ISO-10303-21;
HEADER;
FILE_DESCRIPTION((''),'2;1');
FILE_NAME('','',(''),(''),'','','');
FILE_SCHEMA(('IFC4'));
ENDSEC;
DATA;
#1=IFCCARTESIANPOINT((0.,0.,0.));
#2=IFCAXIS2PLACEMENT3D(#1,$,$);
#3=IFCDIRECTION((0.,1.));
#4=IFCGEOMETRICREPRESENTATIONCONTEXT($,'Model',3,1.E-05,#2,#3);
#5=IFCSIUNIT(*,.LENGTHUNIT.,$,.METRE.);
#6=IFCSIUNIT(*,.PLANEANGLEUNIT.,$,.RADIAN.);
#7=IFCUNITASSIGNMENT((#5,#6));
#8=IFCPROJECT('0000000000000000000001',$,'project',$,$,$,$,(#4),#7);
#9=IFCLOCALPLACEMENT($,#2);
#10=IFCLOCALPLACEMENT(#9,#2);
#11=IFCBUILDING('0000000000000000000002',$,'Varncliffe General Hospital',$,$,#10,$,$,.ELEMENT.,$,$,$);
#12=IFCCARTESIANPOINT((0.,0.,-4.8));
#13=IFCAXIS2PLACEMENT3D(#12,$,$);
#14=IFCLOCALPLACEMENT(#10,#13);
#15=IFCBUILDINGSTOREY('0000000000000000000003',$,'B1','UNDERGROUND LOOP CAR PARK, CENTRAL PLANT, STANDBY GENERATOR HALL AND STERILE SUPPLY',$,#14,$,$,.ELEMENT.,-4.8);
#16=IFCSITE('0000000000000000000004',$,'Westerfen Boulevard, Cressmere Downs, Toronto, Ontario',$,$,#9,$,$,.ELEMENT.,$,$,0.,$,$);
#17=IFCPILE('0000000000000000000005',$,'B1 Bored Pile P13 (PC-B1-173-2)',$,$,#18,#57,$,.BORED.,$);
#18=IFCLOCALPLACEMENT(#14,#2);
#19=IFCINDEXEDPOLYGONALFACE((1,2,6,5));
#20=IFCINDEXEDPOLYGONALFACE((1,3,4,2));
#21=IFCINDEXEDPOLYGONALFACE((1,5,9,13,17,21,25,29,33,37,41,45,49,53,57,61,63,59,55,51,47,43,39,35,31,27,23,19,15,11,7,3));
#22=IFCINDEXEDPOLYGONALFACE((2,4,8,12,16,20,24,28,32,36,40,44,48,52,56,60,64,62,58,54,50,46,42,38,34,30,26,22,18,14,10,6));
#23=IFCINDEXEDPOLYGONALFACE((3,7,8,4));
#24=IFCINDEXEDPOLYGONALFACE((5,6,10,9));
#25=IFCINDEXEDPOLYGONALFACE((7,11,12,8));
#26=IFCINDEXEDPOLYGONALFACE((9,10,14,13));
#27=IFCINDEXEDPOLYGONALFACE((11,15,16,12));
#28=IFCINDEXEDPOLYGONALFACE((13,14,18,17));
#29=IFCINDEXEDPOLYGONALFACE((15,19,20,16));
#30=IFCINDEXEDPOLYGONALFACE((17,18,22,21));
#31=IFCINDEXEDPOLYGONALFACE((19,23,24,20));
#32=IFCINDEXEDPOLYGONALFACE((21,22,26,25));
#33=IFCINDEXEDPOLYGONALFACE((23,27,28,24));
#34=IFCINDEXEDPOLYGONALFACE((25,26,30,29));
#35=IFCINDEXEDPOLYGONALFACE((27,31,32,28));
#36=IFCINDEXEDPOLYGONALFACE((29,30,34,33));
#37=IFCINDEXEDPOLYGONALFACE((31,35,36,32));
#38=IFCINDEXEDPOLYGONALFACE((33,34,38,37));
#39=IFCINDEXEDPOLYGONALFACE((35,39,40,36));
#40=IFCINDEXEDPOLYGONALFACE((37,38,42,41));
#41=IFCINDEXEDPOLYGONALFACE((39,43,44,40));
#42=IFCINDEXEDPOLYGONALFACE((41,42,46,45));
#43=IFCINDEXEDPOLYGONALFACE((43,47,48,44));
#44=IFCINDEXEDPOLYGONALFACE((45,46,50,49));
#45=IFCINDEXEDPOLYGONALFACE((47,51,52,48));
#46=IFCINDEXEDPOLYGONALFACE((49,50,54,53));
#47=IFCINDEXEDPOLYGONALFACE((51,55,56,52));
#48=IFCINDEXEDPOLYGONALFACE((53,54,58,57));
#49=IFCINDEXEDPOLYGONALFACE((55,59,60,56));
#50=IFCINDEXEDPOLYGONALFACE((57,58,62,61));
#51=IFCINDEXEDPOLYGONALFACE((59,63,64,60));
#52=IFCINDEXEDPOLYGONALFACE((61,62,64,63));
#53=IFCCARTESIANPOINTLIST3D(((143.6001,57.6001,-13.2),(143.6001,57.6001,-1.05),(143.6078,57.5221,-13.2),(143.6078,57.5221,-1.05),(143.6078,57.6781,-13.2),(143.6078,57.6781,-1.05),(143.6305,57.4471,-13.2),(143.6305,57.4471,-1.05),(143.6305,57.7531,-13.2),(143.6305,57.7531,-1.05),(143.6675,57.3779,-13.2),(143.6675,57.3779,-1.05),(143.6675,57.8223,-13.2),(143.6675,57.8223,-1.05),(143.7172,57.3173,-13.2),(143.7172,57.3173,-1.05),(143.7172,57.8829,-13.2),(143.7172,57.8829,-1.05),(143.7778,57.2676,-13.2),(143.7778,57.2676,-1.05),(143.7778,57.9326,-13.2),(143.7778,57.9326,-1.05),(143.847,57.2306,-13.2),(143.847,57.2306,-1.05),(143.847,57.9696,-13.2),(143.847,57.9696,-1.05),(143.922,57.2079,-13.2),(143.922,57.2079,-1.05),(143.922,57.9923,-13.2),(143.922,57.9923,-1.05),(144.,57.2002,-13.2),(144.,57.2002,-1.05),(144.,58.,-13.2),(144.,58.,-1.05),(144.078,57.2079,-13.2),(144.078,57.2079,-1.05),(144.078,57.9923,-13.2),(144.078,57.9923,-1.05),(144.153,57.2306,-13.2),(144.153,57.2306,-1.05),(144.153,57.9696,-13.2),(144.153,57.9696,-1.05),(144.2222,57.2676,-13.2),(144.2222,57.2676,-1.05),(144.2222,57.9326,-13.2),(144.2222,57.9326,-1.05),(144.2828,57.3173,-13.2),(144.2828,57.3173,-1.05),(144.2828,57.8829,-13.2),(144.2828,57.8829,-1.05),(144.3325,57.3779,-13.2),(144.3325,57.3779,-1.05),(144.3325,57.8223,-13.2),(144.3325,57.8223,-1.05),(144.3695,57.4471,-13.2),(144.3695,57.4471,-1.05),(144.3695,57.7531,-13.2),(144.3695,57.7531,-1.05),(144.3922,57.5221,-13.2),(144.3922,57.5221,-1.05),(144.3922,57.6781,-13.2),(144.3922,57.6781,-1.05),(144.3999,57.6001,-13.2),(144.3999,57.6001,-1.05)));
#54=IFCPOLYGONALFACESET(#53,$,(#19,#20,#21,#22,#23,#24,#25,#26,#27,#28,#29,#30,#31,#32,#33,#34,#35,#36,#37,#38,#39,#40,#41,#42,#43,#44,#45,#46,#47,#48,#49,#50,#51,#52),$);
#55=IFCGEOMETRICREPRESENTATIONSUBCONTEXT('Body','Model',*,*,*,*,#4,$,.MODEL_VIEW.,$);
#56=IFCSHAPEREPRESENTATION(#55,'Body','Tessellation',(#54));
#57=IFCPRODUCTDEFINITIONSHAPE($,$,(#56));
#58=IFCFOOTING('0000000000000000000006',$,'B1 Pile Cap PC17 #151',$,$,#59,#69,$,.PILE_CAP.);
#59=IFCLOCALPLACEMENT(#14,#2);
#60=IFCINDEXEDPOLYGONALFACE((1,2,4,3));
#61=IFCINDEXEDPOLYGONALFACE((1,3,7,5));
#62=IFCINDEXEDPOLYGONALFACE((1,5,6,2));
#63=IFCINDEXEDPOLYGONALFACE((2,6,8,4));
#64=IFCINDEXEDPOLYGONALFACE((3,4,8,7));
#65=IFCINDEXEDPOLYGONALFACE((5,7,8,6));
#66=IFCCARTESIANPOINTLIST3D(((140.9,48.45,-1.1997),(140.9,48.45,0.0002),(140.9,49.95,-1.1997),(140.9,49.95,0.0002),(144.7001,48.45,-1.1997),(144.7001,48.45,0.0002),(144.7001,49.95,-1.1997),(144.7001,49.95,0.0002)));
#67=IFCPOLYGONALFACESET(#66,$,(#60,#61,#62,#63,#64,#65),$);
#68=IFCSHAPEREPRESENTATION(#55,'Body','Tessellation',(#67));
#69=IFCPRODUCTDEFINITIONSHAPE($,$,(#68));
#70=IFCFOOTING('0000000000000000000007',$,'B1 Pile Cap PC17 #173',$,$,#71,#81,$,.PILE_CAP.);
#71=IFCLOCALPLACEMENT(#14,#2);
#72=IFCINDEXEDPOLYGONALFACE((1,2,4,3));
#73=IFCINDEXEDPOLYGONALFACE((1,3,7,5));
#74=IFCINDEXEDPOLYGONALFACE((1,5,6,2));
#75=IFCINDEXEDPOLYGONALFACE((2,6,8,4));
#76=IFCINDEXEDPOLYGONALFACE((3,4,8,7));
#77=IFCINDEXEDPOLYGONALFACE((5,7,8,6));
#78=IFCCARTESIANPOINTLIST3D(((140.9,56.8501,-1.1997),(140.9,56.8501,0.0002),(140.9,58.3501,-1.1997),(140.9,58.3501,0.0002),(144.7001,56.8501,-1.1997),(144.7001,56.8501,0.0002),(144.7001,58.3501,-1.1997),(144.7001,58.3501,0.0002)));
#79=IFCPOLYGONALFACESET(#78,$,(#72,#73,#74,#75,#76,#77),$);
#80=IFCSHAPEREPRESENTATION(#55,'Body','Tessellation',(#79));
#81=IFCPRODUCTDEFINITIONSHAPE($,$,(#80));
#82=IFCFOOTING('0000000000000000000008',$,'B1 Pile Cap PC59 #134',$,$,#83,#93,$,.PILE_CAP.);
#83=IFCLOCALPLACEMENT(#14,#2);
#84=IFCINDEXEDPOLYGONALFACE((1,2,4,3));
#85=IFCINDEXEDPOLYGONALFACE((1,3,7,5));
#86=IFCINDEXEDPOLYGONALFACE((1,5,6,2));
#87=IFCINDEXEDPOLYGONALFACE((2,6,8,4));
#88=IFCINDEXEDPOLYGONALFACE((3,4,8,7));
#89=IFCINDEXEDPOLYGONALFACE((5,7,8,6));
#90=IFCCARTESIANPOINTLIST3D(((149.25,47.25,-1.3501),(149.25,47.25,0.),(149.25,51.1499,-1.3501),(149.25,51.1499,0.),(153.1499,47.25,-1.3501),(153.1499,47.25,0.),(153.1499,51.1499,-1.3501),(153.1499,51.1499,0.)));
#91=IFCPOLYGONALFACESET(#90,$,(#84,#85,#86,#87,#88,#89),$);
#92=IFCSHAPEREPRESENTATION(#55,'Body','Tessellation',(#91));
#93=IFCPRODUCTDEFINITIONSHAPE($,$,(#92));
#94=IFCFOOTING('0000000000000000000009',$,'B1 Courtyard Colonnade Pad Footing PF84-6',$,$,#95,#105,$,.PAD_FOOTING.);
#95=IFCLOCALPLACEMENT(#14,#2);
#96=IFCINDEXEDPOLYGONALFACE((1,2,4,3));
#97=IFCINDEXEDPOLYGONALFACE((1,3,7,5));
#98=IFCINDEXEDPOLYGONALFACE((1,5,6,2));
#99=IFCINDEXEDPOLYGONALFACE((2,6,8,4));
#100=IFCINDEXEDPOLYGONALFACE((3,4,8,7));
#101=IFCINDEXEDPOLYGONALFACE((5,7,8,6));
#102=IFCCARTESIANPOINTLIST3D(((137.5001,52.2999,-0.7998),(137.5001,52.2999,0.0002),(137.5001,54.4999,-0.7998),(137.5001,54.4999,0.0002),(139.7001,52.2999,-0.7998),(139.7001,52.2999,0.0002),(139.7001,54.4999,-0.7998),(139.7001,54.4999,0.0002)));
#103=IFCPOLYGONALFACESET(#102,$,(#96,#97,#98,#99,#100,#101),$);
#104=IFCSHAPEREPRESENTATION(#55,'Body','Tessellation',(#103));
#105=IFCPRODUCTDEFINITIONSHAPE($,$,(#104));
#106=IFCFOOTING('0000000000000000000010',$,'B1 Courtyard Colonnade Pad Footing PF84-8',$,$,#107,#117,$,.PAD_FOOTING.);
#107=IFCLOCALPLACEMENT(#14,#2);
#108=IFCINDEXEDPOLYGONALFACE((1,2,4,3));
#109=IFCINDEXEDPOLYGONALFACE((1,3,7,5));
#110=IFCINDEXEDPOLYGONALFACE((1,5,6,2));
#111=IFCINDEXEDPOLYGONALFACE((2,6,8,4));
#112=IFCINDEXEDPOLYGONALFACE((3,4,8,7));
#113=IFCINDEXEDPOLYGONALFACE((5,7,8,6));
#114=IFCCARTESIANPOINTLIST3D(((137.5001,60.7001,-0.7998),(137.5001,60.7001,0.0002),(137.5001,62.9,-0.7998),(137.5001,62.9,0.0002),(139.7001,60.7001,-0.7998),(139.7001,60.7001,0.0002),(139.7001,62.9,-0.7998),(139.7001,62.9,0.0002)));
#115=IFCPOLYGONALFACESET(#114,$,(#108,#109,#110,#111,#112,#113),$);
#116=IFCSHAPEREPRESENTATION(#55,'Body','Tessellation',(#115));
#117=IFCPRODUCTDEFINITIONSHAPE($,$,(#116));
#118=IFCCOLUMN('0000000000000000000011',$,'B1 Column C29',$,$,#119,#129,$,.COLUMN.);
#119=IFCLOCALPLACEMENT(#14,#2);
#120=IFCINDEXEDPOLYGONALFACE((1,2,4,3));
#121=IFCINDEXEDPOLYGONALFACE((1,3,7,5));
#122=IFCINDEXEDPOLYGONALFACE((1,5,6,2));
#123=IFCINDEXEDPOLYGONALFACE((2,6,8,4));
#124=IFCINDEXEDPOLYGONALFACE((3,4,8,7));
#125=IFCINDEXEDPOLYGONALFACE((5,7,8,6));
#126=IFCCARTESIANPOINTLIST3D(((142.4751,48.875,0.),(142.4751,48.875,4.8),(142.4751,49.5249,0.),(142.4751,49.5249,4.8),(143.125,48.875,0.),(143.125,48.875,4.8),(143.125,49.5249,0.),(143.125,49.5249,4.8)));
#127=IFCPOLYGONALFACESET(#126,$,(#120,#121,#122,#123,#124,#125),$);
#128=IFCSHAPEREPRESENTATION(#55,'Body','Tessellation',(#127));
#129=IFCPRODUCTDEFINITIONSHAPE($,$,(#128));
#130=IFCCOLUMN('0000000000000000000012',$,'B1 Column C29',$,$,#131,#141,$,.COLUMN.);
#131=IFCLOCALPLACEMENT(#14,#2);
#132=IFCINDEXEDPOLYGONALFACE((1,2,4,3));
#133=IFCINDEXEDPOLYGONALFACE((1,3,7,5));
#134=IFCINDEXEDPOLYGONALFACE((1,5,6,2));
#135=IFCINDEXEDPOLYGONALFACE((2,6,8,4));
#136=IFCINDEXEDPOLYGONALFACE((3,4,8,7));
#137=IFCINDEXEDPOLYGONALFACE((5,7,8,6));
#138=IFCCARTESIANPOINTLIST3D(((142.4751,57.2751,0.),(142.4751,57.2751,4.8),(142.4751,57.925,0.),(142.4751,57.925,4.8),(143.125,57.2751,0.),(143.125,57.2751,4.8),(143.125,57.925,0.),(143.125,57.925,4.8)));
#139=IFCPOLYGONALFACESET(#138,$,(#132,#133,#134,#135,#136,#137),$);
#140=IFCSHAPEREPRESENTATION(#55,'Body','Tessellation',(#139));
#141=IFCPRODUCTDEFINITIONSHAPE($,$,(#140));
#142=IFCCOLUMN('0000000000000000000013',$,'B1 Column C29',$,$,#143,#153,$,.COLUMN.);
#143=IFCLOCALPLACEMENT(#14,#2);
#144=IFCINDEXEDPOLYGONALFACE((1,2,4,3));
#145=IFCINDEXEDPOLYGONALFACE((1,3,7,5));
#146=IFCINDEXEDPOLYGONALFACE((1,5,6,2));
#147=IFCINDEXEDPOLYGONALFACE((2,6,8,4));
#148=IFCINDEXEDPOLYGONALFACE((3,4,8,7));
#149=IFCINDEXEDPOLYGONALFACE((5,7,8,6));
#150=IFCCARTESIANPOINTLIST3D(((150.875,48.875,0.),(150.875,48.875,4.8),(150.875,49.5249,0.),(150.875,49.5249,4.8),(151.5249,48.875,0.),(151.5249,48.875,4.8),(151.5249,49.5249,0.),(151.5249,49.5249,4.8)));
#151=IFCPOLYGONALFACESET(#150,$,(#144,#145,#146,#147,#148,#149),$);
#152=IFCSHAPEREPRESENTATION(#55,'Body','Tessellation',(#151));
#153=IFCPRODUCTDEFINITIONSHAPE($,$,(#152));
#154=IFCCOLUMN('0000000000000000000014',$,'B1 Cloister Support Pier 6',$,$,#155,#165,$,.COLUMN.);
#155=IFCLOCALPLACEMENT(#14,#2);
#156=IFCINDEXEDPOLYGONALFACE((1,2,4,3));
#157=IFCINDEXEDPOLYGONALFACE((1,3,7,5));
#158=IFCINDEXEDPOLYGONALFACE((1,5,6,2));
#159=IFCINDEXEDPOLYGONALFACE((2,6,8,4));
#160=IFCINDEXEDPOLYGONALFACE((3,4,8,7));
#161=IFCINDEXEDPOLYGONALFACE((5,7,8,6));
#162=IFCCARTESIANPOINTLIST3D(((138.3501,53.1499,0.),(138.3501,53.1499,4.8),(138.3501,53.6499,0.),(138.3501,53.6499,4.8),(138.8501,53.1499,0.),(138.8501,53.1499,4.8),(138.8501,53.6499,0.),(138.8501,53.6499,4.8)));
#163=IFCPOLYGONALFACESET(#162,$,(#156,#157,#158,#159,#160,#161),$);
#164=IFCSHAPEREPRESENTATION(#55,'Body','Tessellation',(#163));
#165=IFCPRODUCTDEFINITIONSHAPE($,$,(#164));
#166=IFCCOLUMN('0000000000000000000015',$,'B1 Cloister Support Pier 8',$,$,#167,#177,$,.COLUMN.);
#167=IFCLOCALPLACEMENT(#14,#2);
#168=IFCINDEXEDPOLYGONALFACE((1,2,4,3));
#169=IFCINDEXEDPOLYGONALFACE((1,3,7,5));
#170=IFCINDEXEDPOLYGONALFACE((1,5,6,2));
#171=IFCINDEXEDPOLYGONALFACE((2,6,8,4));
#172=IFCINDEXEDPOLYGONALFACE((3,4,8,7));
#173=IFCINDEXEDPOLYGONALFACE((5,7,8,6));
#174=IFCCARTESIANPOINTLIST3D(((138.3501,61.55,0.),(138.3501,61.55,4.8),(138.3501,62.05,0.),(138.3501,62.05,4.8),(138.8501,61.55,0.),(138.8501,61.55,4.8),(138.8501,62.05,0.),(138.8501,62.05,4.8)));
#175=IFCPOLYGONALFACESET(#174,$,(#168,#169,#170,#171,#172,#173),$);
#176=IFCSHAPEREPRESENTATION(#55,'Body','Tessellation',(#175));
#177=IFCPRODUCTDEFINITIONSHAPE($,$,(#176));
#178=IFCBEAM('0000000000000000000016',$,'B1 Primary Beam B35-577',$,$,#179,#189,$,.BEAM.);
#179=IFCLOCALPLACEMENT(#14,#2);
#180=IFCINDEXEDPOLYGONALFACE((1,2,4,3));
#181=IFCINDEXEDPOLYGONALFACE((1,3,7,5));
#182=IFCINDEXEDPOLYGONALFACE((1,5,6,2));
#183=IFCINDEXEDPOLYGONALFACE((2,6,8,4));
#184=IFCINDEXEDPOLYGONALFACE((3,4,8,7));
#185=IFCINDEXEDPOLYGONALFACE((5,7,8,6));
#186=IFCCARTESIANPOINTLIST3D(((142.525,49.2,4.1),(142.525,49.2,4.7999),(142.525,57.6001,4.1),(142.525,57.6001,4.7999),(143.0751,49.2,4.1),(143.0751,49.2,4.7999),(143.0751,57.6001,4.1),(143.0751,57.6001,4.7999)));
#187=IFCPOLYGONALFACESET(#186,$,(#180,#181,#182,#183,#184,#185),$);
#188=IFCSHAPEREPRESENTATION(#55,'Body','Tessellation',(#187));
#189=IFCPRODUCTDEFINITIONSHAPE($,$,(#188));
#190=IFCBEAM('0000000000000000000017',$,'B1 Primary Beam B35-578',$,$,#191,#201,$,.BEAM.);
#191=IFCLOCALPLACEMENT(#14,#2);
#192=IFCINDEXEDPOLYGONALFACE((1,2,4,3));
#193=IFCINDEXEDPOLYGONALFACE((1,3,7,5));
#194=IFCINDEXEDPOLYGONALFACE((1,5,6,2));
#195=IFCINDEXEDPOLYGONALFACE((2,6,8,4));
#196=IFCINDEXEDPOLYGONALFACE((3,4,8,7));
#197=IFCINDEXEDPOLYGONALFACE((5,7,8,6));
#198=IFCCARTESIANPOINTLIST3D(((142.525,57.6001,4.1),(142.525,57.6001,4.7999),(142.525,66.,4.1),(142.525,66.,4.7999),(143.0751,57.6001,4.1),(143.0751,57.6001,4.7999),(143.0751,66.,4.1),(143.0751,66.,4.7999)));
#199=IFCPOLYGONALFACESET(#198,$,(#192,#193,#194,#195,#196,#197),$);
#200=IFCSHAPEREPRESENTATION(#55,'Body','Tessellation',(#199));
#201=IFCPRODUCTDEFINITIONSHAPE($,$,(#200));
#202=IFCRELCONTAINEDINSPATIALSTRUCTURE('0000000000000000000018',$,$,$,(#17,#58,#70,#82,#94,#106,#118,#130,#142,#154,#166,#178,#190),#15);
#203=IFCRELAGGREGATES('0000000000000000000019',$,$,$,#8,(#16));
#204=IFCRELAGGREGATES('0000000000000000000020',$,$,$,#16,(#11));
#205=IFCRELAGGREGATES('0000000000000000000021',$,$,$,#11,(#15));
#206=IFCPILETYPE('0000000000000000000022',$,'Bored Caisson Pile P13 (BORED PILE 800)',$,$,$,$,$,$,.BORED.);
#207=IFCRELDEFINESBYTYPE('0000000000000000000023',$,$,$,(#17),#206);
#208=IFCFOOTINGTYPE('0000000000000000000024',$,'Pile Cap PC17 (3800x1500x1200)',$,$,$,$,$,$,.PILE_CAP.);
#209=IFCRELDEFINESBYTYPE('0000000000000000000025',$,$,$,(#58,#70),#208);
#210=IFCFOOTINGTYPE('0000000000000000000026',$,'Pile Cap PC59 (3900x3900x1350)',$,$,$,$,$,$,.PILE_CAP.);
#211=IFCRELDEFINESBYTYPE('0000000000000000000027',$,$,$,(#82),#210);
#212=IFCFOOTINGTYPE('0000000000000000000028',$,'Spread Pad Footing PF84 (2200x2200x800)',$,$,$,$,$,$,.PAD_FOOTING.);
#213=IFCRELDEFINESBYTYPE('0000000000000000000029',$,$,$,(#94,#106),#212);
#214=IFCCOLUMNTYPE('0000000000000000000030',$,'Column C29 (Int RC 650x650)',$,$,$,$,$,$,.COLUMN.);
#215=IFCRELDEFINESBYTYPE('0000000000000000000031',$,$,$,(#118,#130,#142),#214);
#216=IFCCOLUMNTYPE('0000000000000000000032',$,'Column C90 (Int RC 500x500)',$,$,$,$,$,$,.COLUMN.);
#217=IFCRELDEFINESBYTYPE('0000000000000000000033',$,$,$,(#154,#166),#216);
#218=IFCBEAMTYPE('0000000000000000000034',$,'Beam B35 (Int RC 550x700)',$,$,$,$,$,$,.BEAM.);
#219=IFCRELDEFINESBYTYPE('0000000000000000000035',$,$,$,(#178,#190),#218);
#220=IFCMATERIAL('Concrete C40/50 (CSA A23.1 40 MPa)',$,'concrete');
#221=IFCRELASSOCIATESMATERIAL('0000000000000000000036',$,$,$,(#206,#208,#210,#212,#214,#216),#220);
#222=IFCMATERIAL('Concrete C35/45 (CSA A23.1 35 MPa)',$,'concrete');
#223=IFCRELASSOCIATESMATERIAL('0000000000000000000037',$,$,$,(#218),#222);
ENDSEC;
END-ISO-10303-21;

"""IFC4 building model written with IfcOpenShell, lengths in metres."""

from ifc_helpers import new_model, si_unit, direction, frame, origin, origin_2d, place, context, subcontext, project, spatial, rectangle, circle, extrude, material, material_profile, profile_set, type_object, element, save


model = new_model("IFC4")

# Units and contexts
model_context = context("Model", 3, precision=1e-05, world=origin(), true_north=direction((0.0, 1.0)))
body_context = subcontext(model_context, "Body", "Model", "MODEL_VIEW")
ifc_project = project(units=[si_unit("LENGTHUNIT", "METRE"), si_unit("PLANEANGLEUNIT", "RADIAN")], contexts=[model_context])

# Site, building, storey
site_placement = place(None, origin())
site = spatial("IfcSite", under=ifc_project, at=site_placement, Name="Westerfen Boulevard, Cressmere Downs, Toronto, Ontario", CompositionType="ELEMENT", RefElevation=0.0)
building_placement = place(site_placement, origin())
building = spatial("IfcBuilding", under=site, at=building_placement, Name="Varncliffe General Hospital", CompositionType="ELEMENT")
storey_placement = place(building_placement, frame((0.0, 0.0, -4.8)))
storey = spatial("IfcBuildingStorey", under=building, at=storey_placement, Name="B1", Description="UNDERGROUND LOOP CAR PARK, CENTRAL PLANT, STANDBY GENERATOR HALL AND STERILE SUPPLY", CompositionType="ELEMENT", Elevation=-4.8)

# Pile
ifc_material_1 = material(Name="Concrete C40/50 (CSA A23.1 40 MPa)", Category="concrete")
ifc_material_profile_1 = material_profile(ifc_material_1, circle(Radius=0.3999, at=origin_2d()), Name="BORED PILE 800")
ifc_profile_set_1 = profile_set([ifc_material_profile_1], Name="Concrete C40/50 (CSA A23.1 40 MPa)")
pile_type = type_object("IfcPileType", Name="Bored Caisson Pile P13 (BORED PILE 800)", PredefinedType="BORED", material=ifc_profile_set_1)
for number, where, z_axis, x_axis, name in (
    (1, (144.0, 57.6001, -1.05), (0.0, 0.0, -1.0), (1.0, 0.0, 0.0), "B1 Bored Pile P13 (PC-B1-173-2)"),
):
    element("IfcPile", number, at=place(storey_placement, frame(where, z_axis=z_axis, x_axis=x_axis)), inside=storey, type_object=pile_type, Name=name, PredefinedType="BORED", context=body_context, shape_type="SweptSolid", body=[
        extrude(circle(Radius=0.3999, at=origin_2d()), origin(), (0.0, 0.0, 1.0), 12.1499),
    ])

# Footings
footing_type_1 = type_object("IfcFootingType", Name="Pile Cap PC17 (3800x1500x1200)", PredefinedType="PILE_CAP", material=ifc_material_1)
for number, where, z_axis, x_axis, name in (
    (2, (142.8, 49.2, -1.1997), (0.0, 0.0, 1.0), (1.0, 0.0, 0.0), "B1 Pile Cap PC17 #151"),
    (3, (142.8, 57.6001, -1.1997), (0.0, 0.0, 1.0), (1.0, 0.0, 0.0), "B1 Pile Cap PC17 #173"),
):
    element("IfcFooting", number, at=place(storey_placement, frame(where, z_axis=z_axis, x_axis=x_axis)), inside=storey, type_object=footing_type_1, Name=name, PredefinedType="PILE_CAP", context=body_context, shape_type="SweptSolid", body=[
        extrude(rectangle(XDim=3.8, YDim=1.5, at=origin_2d()), origin(), (0.0, 0.0, 1.0), 1.2),
    ])
footing_type_2 = type_object("IfcFootingType", Name="Pile Cap PC59 (3900x3900x1350)", PredefinedType="PILE_CAP", material=ifc_material_1)
footing_placement = place(storey_placement, frame((151.2, 49.2, -1.3501), z_axis=(0.0, 0.0, 1.0), x_axis=(1.0, 0.0, 0.0)))
element("IfcFooting", 4, at=footing_placement, inside=storey, type_object=footing_type_2, Name="B1 Pile Cap PC59 #134", PredefinedType="PILE_CAP", context=body_context, shape_type="SweptSolid", body=[
    extrude(rectangle(XDim=3.8999, YDim=3.8999, at=origin_2d()), origin(), (0.0, 0.0, 1.0), 1.3501),
])
footing_type_3 = type_object("IfcFootingType", Name="Spread Pad Footing PF84 (2200x2200x800)", PredefinedType="PAD_FOOTING", material=ifc_material_1)
for number, where, z_axis, x_axis, name in (
    (5, (138.6001, 53.3999, -0.7998), (0.0, 0.0, 1.0), (1.0, 0.0, 0.0), "B1 Courtyard Colonnade Pad Footing PF84-6"),
    (6, (138.6001, 61.8, -0.7998), (0.0, 0.0, 1.0), (1.0, 0.0, 0.0), "B1 Courtyard Colonnade Pad Footing PF84-8"),
):
    element("IfcFooting", number, at=place(storey_placement, frame(where, z_axis=z_axis, x_axis=x_axis)), inside=storey, type_object=footing_type_3, Name=name, PredefinedType="PAD_FOOTING", context=body_context, shape_type="SweptSolid", body=[
        extrude(rectangle(XDim=2.2, YDim=2.2, at=origin_2d()), origin(), (0.0, 0.0, 1.0), 0.8),
    ])

# Columns
ifc_material_profile_2 = material_profile(ifc_material_1, rectangle(XDim=0.6499, YDim=0.6499, at=origin_2d()), Name="RC 650x650")
ifc_profile_set_2 = profile_set([ifc_material_profile_2], Name="Concrete C40/50 (CSA A23.1 40 MPa)")
column_type_1 = type_object("IfcColumnType", Name="Column C29 (Int RC 650x650)", PredefinedType="COLUMN", material=ifc_profile_set_2)
for number, where, z_axis, x_axis, name in (
    (7, (142.8, 49.2, 0.0), (0.0, 0.0, 1.0), (1.0, 0.0, 0.0), "B1 Column C29"),
    (8, (142.8, 57.6001, 0.0), (0.0, 0.0, 1.0), (1.0, 0.0, 0.0), "B1 Column C29"),
    (9, (151.2, 49.2, 0.0), (0.0, 0.0, 1.0), (1.0, 0.0, 0.0), "B1 Column C29"),
):
    element("IfcColumn", number, at=place(storey_placement, frame(where, z_axis=z_axis, x_axis=x_axis)), inside=storey, type_object=column_type_1, Name=name, PredefinedType="COLUMN", context=body_context, shape_type="SweptSolid", body=[
        extrude(rectangle(XDim=0.6499, YDim=0.6499, at=origin_2d()), origin(), (0.0, 0.0, 1.0), 4.8),
    ])
ifc_material_profile_3 = material_profile(ifc_material_1, rectangle(XDim=0.5, YDim=0.5, at=origin_2d()), Name="RC 500x500")
ifc_profile_set_3 = profile_set([ifc_material_profile_3], Name="Concrete C40/50 (CSA A23.1 40 MPa)")
column_type_2 = type_object("IfcColumnType", Name="Column C90 (Int RC 500x500)", PredefinedType="COLUMN", material=ifc_profile_set_3)
for number, where, z_axis, x_axis, name in (
    (10, (138.6001, 53.3999, 0.0), (0.0, 0.0, 1.0), (1.0, 0.0, 0.0), "B1 Cloister Support Pier 6"),
    (11, (138.6001, 61.8, 0.0), (0.0, 0.0, 1.0), (1.0, 0.0, 0.0), "B1 Cloister Support Pier 8"),
):
    element("IfcColumn", number, at=place(storey_placement, frame(where, z_axis=z_axis, x_axis=x_axis)), inside=storey, type_object=column_type_2, Name=name, PredefinedType="COLUMN", context=body_context, shape_type="SweptSolid", body=[
        extrude(rectangle(XDim=0.5, YDim=0.5, at=origin_2d()), origin(), (0.0, 0.0, 1.0), 4.8),
    ])

# Beams
ifc_material_2 = material(Name="Concrete C35/45 (CSA A23.1 35 MPa)", Category="concrete")
ifc_material_profile_4 = material_profile(ifc_material_2, rectangle(XDim=0.55, YDim=0.7, at=origin_2d()), Name="RC 550x700")
ifc_profile_set_4 = profile_set([ifc_material_profile_4], Name="Concrete C35/45 (CSA A23.1 35 MPa)")
beam_type_1 = type_object("IfcBeamType", Name="Beam B35 (Int RC 550x700)", PredefinedType="BEAM", material=ifc_profile_set_4)
beam_1_placement = place(storey_placement, frame((142.8, 49.2, 4.45), z_axis=(0.0, 1.0, 0.0), x_axis=(-1.0, 0.0, 0.0)))
element("IfcBeam", 12, at=beam_1_placement, inside=storey, type_object=beam_type_1, Name="B1 Primary Beam B35-577", PredefinedType="BEAM", context=body_context, shape_type="SweptSolid", body=[
    extrude(rectangle(XDim=0.55, YDim=0.7, at=origin_2d()), origin(), (0.0, 0.0, 1.0), 8.4001),
])
beam_2_placement = place(storey_placement, frame((142.8, 57.6001, 4.45), z_axis=(0.0, 1.0, 0.0), x_axis=(-1.0, 0.0, 0.0)))
element("IfcBeam", 13, at=beam_2_placement, inside=storey, type_object=beam_type_1, Name="B1 Primary Beam B35-578", PredefinedType="BEAM", context=body_context, shape_type="SweptSolid", body=[
    extrude(rectangle(XDim=0.55, YDim=0.7, at=origin_2d()), origin(), (0.0, 0.0, 1.0), 8.3999),
])

save(model, "model.ifc")
